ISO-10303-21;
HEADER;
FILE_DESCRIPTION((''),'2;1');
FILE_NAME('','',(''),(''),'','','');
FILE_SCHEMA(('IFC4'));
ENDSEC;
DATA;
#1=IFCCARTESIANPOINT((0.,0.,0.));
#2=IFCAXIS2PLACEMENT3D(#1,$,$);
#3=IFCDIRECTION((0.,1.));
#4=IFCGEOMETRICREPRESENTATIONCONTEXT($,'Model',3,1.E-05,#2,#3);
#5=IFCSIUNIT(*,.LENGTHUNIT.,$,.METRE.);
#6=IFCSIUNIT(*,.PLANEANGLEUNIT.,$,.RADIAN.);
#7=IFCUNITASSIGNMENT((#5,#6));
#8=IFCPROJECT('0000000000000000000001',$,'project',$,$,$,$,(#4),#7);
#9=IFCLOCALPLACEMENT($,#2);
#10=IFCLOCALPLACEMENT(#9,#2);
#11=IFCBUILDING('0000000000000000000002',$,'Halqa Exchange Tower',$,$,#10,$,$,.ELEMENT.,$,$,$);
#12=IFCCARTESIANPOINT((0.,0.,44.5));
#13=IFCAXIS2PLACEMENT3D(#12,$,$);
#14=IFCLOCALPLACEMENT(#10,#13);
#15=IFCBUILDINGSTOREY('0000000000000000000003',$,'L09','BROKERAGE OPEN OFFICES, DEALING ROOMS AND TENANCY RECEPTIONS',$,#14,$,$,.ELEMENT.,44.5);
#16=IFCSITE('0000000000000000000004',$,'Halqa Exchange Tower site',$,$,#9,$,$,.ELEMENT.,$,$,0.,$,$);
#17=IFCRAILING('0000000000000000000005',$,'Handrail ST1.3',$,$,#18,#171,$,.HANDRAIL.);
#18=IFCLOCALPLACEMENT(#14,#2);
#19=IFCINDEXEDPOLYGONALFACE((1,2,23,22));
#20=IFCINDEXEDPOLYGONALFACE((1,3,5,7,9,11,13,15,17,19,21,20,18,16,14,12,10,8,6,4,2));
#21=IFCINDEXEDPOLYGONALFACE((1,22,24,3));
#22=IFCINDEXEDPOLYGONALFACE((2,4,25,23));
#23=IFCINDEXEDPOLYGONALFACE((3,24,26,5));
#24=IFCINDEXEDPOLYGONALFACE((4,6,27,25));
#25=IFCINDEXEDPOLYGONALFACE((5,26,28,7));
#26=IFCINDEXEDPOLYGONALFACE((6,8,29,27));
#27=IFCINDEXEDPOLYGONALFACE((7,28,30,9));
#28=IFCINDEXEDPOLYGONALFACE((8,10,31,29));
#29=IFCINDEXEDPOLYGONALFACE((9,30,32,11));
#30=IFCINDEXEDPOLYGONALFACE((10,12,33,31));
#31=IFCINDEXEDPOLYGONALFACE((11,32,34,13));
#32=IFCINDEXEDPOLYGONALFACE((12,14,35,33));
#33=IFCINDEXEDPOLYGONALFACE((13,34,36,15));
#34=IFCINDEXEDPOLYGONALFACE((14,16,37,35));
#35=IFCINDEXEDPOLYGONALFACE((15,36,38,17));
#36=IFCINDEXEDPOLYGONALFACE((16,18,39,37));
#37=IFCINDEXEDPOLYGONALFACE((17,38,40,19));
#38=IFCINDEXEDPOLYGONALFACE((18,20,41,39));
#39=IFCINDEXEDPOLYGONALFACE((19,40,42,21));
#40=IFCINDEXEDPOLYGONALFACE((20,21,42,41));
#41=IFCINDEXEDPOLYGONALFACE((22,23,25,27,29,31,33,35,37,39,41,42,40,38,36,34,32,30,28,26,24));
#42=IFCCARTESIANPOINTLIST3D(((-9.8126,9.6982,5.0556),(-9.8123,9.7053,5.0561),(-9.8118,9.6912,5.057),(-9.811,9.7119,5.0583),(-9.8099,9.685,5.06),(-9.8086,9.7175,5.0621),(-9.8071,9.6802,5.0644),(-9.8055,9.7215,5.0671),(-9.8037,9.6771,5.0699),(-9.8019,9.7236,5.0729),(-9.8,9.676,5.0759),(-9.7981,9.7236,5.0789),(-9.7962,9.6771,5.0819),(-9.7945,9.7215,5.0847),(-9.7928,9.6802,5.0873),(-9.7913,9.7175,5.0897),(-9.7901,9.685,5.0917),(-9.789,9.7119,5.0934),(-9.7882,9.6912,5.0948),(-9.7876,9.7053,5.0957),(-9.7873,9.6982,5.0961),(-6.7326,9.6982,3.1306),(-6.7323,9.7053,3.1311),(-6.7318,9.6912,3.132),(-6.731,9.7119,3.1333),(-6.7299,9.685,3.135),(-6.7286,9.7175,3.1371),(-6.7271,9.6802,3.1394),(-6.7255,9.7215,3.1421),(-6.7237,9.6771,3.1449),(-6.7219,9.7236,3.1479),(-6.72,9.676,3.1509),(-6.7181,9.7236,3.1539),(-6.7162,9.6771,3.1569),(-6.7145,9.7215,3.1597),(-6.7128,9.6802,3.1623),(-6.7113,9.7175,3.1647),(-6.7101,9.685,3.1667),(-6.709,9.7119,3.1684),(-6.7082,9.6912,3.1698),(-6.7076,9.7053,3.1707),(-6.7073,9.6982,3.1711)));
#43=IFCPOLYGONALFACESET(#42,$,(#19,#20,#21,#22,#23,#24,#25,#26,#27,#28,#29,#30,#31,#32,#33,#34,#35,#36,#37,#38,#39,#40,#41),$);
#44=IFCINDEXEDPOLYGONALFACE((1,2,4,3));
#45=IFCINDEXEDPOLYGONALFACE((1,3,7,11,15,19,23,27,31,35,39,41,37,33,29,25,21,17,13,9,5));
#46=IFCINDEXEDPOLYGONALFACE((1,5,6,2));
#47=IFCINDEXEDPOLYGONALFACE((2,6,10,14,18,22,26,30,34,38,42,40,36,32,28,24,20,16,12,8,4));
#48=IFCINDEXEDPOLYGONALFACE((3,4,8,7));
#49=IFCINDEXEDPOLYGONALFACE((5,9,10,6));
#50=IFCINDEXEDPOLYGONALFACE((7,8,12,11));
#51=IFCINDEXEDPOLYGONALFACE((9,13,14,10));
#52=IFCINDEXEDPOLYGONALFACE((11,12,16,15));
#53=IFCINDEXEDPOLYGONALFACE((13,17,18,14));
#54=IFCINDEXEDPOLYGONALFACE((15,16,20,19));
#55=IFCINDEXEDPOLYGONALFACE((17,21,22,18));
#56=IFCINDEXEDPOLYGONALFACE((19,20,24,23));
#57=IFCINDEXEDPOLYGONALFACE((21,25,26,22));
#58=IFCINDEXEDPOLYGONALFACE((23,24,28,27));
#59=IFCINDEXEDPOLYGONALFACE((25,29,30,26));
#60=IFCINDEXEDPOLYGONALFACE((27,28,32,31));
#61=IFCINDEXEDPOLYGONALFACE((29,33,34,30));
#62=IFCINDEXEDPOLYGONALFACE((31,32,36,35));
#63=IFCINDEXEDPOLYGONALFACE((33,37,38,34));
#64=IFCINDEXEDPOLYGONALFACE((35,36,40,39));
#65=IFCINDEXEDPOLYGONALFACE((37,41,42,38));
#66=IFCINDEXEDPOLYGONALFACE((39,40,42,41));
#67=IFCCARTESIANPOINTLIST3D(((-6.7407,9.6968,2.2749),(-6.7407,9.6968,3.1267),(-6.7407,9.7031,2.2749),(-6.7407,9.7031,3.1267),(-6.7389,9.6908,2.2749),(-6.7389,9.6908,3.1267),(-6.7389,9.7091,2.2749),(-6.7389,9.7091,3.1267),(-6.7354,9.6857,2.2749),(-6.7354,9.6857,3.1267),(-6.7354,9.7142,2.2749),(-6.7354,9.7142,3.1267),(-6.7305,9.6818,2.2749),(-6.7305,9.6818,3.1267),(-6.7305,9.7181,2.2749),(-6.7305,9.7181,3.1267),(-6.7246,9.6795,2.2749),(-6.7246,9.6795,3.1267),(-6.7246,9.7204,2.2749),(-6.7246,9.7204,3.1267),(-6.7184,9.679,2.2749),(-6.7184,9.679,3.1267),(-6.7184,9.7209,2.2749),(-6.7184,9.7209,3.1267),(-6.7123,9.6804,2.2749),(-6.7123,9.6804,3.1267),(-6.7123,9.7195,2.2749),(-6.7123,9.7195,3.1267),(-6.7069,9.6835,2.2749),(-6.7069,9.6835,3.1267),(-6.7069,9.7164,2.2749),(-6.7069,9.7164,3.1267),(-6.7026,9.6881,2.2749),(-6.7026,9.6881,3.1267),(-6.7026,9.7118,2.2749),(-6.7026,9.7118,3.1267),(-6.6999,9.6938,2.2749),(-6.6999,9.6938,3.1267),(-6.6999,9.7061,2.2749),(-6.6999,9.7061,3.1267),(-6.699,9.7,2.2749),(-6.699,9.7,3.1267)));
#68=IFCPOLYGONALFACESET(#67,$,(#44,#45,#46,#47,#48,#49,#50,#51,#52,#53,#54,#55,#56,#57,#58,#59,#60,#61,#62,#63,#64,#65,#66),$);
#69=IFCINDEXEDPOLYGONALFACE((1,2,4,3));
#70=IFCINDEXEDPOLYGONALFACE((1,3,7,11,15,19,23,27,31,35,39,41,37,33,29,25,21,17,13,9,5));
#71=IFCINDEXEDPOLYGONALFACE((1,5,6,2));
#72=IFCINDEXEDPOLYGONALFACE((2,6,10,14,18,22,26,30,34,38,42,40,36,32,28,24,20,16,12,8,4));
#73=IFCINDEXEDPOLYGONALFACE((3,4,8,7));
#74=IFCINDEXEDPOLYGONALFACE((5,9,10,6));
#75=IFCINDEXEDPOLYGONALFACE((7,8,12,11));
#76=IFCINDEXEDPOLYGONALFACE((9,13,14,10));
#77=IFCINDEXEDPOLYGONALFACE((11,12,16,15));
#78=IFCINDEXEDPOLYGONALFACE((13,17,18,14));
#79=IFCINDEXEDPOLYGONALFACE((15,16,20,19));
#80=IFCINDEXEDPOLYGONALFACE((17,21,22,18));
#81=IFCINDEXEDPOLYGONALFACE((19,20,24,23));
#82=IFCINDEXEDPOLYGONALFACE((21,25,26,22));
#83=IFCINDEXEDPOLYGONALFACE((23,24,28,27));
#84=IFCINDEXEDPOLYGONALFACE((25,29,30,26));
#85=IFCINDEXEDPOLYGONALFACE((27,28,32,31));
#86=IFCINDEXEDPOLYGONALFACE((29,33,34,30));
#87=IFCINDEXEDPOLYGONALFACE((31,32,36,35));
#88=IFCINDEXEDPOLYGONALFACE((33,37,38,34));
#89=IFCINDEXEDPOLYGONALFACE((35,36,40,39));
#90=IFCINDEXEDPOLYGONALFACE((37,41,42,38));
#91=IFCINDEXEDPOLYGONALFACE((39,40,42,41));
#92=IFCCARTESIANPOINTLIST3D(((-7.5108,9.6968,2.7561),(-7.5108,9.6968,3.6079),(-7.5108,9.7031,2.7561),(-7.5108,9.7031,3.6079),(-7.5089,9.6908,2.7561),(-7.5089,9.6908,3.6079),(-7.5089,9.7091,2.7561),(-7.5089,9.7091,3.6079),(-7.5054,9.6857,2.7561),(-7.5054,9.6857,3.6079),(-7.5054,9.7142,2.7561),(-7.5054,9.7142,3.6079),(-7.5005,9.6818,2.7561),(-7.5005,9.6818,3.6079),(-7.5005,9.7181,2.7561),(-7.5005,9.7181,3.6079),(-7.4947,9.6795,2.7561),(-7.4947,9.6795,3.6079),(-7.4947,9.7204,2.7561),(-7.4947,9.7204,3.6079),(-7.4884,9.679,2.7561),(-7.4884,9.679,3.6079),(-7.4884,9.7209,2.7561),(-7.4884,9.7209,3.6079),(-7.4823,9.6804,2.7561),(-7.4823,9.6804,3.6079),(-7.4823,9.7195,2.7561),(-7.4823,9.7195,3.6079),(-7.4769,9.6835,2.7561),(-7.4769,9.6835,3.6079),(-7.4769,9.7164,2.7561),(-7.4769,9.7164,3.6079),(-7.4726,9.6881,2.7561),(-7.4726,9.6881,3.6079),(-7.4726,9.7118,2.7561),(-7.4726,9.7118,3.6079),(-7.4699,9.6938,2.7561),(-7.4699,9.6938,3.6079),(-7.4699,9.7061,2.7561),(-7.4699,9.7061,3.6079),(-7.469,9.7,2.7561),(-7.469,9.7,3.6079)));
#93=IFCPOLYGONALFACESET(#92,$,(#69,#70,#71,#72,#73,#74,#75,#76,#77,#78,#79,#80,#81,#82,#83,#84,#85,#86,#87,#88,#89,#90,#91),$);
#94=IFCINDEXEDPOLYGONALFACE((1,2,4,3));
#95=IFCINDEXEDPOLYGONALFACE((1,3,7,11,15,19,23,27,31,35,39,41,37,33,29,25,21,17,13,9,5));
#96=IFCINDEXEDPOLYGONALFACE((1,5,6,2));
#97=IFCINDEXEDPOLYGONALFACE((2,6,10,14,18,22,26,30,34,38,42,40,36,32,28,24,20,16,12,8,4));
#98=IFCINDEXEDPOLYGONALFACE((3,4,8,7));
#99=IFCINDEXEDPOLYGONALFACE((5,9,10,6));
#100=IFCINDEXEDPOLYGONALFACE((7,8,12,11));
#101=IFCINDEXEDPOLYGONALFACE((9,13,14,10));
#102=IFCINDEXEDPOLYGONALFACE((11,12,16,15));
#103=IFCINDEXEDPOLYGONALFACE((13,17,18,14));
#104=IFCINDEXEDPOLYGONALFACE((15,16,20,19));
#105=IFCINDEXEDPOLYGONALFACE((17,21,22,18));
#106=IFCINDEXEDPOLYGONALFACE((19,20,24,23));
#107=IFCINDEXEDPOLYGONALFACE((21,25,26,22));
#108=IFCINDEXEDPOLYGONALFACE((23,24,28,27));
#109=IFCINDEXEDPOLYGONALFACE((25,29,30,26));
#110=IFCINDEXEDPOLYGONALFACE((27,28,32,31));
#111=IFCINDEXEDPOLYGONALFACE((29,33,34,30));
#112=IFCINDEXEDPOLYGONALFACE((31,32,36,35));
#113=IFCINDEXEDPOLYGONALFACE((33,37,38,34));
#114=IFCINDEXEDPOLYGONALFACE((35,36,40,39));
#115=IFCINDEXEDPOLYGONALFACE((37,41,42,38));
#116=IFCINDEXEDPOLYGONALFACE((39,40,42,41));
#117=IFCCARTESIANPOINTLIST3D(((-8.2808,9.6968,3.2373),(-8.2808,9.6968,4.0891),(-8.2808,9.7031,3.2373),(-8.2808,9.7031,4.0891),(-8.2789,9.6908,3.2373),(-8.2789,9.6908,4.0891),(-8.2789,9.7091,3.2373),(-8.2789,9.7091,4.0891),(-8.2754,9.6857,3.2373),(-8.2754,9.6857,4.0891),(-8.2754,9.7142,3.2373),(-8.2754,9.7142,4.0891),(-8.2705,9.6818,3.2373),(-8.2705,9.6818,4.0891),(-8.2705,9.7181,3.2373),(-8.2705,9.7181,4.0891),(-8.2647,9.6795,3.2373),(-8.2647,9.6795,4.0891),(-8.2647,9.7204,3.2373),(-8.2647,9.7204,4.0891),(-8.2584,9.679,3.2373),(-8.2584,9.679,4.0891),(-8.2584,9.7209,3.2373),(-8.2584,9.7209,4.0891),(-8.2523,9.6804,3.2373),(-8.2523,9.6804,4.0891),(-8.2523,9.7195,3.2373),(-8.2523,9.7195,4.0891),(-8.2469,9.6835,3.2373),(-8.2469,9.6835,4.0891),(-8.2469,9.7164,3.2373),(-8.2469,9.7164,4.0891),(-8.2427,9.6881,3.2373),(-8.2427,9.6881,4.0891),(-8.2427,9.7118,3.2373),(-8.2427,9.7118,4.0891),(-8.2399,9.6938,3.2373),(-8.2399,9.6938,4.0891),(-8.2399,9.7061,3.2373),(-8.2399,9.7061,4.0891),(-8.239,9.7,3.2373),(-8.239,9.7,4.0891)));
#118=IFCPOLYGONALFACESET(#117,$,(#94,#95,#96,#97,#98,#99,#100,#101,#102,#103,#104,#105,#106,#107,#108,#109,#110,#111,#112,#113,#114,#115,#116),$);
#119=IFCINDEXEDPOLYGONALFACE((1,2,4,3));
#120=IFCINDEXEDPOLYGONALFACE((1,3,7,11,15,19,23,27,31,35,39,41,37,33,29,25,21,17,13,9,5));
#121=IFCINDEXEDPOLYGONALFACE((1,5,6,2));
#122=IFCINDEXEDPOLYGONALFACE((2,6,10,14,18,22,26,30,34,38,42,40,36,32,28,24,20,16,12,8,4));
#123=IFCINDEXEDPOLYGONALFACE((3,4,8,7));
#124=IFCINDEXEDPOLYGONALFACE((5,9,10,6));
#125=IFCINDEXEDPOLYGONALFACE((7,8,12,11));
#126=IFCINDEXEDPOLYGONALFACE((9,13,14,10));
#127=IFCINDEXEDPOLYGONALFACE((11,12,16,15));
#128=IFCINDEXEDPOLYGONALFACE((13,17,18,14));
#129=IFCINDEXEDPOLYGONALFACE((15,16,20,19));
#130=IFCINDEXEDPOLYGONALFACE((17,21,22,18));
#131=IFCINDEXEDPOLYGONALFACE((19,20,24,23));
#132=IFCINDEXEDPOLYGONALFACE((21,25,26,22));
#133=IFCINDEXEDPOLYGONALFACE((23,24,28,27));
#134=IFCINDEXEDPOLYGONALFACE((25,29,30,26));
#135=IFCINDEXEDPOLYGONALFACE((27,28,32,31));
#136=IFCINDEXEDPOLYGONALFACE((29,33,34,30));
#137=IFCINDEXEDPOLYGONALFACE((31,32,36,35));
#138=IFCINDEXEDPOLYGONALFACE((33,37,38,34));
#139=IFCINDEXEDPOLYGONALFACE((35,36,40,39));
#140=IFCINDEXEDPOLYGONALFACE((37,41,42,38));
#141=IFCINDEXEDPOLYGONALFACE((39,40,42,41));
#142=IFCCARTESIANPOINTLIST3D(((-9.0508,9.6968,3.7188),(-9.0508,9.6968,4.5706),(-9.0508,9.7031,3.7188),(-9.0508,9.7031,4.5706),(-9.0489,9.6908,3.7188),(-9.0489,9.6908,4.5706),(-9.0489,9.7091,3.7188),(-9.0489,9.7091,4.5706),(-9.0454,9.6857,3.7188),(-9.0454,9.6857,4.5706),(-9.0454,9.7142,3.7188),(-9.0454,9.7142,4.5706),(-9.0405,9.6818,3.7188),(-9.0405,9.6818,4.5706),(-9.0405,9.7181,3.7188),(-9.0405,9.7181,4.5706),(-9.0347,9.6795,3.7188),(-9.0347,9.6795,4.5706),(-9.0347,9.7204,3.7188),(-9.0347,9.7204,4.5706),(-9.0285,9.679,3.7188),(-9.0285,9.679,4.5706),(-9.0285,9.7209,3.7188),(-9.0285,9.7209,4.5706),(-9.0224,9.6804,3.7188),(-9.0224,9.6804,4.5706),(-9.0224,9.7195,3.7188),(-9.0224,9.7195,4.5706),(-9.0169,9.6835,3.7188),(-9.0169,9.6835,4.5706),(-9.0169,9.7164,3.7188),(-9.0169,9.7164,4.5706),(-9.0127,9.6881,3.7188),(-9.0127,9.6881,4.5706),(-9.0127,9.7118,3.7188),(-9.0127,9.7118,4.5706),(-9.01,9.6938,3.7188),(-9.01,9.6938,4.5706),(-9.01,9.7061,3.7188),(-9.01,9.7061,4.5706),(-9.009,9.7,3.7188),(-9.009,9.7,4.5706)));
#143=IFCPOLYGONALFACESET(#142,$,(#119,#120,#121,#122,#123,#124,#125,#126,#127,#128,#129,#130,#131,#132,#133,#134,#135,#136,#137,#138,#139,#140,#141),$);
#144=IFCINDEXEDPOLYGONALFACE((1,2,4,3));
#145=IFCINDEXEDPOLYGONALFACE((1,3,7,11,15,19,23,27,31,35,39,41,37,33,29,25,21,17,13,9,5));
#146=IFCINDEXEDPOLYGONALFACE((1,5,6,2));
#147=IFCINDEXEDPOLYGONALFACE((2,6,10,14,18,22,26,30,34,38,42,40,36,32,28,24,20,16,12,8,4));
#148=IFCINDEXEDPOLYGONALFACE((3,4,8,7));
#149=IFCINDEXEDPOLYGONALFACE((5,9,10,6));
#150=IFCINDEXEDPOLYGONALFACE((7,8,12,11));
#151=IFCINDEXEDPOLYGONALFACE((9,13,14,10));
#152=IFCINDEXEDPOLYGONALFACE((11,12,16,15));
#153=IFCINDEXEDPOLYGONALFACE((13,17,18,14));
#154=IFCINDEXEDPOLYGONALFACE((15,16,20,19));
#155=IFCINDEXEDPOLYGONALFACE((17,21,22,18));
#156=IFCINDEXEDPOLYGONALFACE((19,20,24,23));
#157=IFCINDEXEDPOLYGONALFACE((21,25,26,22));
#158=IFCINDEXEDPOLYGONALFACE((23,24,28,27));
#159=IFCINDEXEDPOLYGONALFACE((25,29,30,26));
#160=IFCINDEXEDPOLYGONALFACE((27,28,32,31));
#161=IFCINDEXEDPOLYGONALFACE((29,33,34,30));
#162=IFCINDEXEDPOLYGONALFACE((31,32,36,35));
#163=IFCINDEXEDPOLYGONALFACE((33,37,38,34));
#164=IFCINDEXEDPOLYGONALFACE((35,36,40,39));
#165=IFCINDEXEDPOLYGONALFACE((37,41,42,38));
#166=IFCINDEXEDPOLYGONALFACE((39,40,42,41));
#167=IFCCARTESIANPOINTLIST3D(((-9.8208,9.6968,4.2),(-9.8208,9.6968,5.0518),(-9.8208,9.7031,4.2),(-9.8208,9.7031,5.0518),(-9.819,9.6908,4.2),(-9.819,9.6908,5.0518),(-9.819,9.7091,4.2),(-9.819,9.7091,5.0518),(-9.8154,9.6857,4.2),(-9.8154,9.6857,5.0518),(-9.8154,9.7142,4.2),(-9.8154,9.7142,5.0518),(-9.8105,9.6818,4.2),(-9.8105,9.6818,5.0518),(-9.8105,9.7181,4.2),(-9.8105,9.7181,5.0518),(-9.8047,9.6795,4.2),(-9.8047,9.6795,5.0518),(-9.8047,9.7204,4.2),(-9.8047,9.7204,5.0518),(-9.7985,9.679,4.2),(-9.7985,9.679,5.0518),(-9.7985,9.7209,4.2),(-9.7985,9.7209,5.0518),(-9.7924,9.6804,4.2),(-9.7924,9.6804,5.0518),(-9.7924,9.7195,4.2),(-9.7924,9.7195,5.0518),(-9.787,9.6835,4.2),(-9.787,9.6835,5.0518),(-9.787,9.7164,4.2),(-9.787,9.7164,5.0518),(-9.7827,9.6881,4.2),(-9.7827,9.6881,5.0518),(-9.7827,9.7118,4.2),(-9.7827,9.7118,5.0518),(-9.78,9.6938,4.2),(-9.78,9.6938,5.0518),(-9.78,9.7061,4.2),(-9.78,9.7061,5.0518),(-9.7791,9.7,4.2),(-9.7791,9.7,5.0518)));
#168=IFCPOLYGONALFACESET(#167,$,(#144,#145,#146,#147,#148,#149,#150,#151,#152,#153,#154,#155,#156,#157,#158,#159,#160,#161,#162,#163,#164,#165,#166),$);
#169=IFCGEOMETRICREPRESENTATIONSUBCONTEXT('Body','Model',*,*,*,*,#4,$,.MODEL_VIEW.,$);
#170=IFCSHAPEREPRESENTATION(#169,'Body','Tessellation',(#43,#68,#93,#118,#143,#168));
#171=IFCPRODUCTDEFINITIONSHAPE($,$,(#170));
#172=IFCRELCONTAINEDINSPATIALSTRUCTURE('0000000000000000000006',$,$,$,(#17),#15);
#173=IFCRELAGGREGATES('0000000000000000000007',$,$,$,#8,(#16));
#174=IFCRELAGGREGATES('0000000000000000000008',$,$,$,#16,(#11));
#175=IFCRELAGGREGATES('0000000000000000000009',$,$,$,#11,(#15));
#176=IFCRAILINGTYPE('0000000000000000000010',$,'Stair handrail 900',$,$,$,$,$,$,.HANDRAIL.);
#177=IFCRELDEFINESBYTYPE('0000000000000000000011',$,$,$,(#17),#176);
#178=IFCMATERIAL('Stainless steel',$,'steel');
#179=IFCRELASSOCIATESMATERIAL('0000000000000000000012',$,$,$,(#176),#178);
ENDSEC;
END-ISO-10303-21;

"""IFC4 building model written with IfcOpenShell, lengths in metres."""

from ifc_helpers import new_model, si_unit, direction, frame, origin, origin_2d, place, context, subcontext, project, spatial, circle, extrude, material, type_object, element, save


model = new_model("IFC4")

# Units and contexts
model_context = context("Model", 3, precision=1e-05, world=origin(), true_north=direction((0.0, 1.0)))
body_context = subcontext(model_context, "Body", "Model", "MODEL_VIEW")
ifc_project = project(units=[si_unit("LENGTHUNIT", "METRE"), si_unit("PLANEANGLEUNIT", "RADIAN")], contexts=[model_context])

# Site, building, storey
site_placement = place(None, origin())
site = spatial("IfcSite", under=ifc_project, at=site_placement, Name="Halqa Exchange Tower site", CompositionType="ELEMENT", RefElevation=0.0)
building_placement = place(site_placement, origin())
building = spatial("IfcBuilding", under=site, at=building_placement, Name="Halqa Exchange Tower", CompositionType="ELEMENT")
storey_placement = place(building_placement, frame((0.0, 0.0, 44.5)))
storey = spatial("IfcBuildingStorey", under=building, at=storey_placement, Name="L09", Description="BROKERAGE OPEN OFFICES, DEALING ROOMS AND TENANCY RECEPTIONS", CompositionType="ELEMENT", Elevation=44.5)

# Railing
ifc_material_1 = material(Name="Stainless steel", Category="steel")
railing_type_1 = type_object("IfcRailingType", Name="Stair handrail 900", PredefinedType="HANDRAIL", material=ifc_material_1)
railing_1_placement = place(storey_placement, frame((-6.72, 9.7, 2.2749)))
element("IfcRailing", 1, at=railing_1_placement, inside=storey, type_object=railing_type_1, Name="Handrail ST1.3", PredefinedType="HANDRAIL", context=body_context, shape_type="SweptSolid", body=[
    extrude(circle(Radius=0.0239, at=origin_2d()), frame((0.0, 0.0, 0.876), z_axis=(-0.847998, 0.0, 0.529999), x_axis=(0.0, -1.0, 0.0)), (0.0, 0.0, 1.0), 3.6321),
    extrude(circle(Radius=0.021, at=origin_2d()), origin(), (0.0, 0.0, 1.0), 0.8518),
    extrude(circle(Radius=0.021, at=origin_2d()), frame((-0.77, 0.0, 0.4812)), (0.0, 0.0, 1.0), 0.8518),
    extrude(circle(Radius=0.021, at=origin_2d()), frame((-1.54, 0.0, 0.9624)), (0.0, 0.0, 1.0), 0.8518),
    extrude(circle(Radius=0.021, at=origin_2d()), frame((-2.3101, 0.0, 1.4438)), (0.0, 0.0, 1.0), 0.8518),
    extrude(circle(Radius=0.021, at=origin_2d()), frame((-3.0801, 0.0, 1.925)), (0.0, 0.0, 1.0), 0.8518),
])

save(model, "model.ifc")
